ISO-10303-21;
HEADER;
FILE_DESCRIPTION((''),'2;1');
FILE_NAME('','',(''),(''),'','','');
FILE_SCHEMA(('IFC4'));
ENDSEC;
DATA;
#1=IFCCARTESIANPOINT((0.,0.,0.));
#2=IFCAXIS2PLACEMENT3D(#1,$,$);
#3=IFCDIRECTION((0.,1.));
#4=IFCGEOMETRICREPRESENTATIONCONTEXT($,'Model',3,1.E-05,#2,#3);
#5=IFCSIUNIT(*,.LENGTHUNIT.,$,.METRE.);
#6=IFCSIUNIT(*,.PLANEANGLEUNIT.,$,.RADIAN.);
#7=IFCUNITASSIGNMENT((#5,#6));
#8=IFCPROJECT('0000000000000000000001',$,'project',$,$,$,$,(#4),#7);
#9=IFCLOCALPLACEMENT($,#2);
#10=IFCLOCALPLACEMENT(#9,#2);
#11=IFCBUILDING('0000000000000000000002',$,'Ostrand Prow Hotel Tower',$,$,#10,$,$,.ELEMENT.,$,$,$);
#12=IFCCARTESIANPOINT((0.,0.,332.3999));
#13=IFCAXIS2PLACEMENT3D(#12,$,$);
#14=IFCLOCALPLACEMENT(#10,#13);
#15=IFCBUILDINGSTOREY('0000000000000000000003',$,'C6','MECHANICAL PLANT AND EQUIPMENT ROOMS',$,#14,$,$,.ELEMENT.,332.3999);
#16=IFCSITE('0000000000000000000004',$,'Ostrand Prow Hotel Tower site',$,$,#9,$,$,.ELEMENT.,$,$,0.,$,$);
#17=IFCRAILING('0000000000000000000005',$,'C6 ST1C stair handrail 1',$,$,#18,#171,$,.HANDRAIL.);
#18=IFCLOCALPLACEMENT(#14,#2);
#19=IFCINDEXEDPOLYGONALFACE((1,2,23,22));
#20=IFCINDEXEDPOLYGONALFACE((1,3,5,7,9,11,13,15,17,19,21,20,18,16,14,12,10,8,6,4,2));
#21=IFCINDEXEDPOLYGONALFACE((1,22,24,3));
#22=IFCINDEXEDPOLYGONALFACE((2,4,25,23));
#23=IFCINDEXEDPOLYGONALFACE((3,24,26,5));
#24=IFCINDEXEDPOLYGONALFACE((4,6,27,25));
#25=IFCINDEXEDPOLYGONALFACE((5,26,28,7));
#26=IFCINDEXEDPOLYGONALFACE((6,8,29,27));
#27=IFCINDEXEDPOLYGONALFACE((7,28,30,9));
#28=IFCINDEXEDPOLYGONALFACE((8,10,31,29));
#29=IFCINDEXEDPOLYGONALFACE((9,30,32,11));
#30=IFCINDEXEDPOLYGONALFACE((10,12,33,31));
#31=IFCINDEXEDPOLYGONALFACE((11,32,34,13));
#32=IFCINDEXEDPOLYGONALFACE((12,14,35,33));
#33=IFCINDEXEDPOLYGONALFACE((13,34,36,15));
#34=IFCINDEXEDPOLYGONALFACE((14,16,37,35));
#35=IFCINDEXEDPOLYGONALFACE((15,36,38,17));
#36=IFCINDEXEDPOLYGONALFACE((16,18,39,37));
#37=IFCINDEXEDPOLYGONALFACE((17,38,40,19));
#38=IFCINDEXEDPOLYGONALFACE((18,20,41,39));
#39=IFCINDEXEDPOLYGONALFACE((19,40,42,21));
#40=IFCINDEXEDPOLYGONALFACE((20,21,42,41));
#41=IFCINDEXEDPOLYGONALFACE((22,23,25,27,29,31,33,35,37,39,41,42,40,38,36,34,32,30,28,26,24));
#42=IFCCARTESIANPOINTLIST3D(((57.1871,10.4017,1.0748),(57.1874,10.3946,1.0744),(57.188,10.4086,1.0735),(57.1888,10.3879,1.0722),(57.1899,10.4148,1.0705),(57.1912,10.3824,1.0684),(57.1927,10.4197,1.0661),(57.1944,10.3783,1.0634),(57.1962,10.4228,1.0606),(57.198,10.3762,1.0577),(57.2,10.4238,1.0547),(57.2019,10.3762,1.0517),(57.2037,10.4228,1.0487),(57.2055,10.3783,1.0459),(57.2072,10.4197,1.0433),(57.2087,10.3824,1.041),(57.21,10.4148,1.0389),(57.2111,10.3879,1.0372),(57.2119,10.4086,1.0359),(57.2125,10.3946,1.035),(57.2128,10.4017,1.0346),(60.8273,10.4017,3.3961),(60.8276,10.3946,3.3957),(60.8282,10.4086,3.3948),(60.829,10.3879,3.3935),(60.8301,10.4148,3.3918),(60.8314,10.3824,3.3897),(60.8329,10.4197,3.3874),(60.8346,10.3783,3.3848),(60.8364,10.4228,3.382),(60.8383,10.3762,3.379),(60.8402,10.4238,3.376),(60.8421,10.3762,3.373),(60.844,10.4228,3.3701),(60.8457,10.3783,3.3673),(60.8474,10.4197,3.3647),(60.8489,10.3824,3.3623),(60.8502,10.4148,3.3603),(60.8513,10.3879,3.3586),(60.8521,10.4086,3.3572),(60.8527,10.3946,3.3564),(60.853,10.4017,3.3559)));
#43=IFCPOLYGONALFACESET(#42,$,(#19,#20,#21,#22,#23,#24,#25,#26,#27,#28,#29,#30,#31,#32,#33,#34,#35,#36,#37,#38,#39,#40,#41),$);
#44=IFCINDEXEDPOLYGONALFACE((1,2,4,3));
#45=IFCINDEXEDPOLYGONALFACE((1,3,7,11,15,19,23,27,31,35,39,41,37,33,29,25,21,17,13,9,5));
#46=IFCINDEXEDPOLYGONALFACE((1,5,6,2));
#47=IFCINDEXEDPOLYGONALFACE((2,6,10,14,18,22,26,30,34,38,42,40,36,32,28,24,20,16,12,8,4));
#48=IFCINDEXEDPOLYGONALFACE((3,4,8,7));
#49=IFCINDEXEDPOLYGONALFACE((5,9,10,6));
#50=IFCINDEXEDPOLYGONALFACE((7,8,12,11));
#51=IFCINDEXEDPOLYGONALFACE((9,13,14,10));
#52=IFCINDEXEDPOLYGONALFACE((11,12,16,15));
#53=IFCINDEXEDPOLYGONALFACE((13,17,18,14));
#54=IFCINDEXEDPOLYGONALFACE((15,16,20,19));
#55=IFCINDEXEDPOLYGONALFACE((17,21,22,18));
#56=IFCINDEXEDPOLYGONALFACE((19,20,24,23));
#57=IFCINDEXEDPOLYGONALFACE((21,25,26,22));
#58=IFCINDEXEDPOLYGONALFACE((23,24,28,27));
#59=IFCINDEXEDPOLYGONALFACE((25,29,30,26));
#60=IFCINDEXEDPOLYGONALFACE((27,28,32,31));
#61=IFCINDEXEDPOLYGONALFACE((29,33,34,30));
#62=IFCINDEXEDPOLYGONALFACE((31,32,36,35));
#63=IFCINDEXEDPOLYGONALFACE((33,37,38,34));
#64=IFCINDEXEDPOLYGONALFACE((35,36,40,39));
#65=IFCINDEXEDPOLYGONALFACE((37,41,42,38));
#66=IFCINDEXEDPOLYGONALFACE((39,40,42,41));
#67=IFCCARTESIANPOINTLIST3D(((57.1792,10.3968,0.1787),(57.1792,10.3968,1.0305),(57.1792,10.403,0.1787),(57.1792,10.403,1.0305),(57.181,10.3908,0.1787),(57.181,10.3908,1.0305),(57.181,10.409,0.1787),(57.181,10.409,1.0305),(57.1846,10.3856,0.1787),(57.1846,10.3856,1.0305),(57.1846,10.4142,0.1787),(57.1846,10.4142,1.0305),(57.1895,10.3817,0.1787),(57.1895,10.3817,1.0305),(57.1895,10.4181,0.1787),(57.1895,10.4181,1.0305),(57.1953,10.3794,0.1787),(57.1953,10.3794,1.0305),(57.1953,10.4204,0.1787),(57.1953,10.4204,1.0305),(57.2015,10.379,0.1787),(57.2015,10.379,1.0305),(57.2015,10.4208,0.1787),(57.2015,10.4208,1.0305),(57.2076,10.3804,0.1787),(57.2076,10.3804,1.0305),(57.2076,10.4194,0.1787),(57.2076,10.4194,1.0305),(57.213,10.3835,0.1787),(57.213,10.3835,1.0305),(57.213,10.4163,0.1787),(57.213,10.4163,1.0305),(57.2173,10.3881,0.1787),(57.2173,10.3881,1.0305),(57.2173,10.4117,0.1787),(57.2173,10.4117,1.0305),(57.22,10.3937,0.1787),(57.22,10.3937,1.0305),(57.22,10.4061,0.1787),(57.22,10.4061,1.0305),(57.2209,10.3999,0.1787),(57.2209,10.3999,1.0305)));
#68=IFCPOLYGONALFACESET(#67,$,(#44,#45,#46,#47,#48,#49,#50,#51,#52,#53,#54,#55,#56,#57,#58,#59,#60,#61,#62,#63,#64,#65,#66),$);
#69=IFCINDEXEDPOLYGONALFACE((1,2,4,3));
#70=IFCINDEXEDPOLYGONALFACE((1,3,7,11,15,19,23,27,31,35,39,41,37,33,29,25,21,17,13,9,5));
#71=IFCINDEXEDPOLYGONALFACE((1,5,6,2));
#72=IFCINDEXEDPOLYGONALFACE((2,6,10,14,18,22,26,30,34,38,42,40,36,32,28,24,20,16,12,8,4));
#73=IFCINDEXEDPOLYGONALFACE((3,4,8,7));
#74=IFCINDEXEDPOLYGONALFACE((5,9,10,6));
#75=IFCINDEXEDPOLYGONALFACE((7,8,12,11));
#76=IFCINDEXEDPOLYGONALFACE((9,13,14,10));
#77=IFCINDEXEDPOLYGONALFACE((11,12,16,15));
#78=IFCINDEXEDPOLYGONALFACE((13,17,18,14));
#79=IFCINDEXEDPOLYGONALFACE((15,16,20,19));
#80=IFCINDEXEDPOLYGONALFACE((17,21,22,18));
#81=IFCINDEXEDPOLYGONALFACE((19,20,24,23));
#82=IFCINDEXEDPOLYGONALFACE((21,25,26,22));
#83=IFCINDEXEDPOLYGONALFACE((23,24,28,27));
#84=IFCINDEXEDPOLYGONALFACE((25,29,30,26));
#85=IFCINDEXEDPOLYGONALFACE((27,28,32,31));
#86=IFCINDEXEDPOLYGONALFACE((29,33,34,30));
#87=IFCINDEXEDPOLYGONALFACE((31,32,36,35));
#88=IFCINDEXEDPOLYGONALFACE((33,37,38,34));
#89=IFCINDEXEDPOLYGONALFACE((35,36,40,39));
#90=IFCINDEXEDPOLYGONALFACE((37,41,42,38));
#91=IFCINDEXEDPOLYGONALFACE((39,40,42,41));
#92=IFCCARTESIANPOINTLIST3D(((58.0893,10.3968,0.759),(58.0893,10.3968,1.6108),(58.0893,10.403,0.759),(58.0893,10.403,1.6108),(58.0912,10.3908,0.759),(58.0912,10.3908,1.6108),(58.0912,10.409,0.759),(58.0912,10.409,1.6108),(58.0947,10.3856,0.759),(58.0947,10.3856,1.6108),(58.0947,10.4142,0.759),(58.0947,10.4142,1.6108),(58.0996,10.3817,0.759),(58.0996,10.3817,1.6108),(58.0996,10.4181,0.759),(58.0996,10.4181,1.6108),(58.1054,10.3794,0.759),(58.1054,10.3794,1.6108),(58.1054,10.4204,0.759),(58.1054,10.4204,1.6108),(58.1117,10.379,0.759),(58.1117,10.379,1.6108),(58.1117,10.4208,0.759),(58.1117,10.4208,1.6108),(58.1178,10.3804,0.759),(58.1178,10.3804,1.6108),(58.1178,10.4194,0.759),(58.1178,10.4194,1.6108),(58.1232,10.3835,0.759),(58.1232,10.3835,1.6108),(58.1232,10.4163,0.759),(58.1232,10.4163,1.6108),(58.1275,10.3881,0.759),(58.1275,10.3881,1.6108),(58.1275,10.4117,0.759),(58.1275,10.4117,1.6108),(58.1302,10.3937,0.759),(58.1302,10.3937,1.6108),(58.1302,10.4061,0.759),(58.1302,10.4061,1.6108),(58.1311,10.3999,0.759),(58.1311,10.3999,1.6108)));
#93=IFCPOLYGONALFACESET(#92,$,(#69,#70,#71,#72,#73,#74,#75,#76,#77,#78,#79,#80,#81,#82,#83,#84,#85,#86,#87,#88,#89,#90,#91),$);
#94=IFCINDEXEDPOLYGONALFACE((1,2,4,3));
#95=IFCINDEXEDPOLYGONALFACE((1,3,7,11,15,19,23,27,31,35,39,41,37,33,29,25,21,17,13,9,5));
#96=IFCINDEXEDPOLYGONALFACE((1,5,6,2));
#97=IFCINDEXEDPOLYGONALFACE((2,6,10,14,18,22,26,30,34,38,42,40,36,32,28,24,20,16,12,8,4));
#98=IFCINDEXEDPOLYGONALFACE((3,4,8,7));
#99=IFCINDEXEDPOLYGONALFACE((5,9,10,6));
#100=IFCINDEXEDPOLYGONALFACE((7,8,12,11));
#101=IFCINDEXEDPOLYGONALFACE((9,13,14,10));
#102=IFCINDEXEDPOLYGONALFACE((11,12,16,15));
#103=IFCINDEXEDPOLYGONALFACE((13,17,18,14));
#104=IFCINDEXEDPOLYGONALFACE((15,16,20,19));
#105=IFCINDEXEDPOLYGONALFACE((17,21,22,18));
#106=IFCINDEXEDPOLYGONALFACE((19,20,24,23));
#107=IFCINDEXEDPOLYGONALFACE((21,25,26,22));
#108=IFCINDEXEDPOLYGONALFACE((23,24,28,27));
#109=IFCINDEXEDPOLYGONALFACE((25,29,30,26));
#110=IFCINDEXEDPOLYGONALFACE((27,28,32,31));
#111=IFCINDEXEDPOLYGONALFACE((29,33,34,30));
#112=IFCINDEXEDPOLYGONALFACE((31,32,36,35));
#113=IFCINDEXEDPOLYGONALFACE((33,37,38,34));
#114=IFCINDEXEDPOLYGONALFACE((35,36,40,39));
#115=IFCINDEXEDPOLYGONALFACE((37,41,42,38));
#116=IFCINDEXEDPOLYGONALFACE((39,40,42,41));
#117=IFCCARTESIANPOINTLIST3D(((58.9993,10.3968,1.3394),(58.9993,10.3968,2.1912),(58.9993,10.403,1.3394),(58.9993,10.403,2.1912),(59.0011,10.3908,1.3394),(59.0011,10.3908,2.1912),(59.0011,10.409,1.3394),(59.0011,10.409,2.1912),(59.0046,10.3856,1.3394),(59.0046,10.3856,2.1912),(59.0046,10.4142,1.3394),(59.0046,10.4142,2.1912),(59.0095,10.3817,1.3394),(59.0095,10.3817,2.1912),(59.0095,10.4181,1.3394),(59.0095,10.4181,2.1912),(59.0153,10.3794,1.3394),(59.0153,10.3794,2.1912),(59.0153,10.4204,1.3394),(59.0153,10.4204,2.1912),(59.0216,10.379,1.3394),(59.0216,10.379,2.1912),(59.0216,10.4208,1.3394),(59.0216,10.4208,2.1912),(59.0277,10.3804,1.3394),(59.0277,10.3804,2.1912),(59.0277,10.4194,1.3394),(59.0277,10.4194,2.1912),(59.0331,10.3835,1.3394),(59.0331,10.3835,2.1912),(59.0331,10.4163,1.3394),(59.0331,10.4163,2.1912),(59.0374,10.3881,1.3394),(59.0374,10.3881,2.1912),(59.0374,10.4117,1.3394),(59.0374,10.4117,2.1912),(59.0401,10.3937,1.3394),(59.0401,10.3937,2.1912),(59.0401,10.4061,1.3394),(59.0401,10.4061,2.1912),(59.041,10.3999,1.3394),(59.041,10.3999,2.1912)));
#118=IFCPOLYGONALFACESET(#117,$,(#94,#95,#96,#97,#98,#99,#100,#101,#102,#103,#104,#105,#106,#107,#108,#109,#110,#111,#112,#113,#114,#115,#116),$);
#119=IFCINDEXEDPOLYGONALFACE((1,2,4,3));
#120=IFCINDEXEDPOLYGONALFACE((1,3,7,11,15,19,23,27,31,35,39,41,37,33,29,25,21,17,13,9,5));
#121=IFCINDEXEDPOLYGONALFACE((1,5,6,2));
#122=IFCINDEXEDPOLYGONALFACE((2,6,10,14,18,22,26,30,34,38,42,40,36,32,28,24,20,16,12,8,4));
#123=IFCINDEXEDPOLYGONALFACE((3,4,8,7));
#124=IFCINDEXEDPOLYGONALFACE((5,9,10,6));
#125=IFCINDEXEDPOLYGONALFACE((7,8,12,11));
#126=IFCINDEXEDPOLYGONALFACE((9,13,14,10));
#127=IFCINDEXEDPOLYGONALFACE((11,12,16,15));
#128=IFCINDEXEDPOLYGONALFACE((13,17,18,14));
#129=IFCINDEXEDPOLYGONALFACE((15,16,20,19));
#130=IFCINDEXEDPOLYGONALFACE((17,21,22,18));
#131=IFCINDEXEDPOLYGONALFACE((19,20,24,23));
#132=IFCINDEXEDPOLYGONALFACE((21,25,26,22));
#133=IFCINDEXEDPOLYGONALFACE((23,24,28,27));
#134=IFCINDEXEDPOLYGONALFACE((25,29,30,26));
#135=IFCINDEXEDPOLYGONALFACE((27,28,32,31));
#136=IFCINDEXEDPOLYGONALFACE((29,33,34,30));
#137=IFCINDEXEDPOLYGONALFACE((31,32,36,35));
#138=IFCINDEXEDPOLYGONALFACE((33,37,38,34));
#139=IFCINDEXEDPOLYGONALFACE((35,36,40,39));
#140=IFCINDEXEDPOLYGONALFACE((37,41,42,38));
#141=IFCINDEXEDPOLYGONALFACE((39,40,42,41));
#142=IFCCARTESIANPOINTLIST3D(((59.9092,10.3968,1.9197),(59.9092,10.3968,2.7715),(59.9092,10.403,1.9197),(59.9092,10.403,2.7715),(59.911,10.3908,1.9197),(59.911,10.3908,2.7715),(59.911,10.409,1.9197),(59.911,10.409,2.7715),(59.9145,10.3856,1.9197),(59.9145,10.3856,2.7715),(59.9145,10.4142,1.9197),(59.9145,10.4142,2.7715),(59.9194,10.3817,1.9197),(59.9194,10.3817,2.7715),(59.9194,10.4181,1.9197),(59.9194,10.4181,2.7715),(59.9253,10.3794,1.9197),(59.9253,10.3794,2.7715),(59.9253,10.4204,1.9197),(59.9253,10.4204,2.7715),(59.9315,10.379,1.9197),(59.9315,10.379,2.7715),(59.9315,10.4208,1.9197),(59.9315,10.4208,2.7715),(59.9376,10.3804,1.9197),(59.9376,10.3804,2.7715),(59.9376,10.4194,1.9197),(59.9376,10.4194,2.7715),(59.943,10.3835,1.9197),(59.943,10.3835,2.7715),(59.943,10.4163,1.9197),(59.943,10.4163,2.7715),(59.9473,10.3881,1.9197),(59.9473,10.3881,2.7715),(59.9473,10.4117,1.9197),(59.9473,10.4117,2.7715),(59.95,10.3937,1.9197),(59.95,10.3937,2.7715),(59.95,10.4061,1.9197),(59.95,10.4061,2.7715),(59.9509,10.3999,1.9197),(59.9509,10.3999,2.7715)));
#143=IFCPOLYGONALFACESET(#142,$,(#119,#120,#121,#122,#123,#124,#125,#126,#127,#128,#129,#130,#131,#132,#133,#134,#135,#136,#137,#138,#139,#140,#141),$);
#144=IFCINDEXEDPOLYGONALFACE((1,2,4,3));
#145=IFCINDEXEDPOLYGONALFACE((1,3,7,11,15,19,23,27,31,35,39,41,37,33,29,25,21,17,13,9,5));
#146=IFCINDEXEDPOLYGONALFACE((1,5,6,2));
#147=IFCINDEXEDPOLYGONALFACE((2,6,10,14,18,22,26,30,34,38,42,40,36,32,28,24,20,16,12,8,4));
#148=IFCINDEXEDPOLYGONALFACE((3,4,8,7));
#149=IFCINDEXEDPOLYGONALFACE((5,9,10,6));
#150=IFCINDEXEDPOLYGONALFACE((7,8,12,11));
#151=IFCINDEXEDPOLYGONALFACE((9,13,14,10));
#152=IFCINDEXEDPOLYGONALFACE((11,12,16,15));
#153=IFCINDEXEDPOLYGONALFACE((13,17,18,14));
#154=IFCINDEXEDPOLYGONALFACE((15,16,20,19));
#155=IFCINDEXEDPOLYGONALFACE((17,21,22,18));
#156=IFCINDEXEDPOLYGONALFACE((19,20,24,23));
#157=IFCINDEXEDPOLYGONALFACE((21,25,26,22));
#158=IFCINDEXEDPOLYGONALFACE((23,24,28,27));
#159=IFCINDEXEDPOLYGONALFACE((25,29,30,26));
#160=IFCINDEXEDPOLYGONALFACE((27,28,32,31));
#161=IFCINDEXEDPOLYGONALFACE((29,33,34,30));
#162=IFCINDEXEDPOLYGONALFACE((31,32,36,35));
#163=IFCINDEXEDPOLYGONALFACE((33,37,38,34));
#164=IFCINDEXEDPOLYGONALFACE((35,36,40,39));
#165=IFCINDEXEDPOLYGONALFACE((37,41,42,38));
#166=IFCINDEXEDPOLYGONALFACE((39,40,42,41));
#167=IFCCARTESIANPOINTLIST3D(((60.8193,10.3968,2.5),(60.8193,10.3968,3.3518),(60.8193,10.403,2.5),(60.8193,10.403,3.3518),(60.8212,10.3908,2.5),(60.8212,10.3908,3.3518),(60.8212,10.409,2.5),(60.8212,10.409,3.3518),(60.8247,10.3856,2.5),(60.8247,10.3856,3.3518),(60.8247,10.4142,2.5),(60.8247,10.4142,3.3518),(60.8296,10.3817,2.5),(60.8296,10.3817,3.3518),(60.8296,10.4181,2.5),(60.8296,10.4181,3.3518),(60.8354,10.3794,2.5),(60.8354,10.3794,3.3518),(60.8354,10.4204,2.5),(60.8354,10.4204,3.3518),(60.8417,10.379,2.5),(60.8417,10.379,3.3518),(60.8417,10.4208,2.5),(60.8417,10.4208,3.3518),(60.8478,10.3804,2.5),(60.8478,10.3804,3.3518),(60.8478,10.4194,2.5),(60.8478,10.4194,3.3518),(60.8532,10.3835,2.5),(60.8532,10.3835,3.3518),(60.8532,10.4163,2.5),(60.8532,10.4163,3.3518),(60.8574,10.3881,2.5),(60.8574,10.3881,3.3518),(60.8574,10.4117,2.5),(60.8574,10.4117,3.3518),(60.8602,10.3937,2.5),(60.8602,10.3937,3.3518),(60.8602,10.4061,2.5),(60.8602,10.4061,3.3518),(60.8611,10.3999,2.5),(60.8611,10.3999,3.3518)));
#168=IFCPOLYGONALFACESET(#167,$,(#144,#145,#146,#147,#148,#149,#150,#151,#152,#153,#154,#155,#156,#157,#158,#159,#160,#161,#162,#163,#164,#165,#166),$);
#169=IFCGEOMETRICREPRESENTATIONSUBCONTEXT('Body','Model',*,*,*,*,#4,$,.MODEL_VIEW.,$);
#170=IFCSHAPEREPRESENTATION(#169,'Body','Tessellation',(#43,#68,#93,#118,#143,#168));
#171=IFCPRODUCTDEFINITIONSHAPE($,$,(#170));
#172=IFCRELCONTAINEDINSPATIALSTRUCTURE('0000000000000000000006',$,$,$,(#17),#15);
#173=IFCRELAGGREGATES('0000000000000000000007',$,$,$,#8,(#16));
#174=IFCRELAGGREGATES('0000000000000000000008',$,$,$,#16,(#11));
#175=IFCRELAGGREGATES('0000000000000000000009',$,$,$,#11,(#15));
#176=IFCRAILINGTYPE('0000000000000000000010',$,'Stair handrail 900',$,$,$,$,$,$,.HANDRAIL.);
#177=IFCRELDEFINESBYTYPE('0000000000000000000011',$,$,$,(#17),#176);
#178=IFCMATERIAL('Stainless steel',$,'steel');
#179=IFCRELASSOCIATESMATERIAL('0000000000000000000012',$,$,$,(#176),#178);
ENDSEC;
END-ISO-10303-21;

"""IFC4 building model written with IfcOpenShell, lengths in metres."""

from ifc_helpers import new_model, si_unit, direction, frame, origin, origin_2d, place, context, subcontext, project, spatial, circle, extrude, material, type_object, element, save


model = new_model("IFC4")

# Units and contexts
model_context = context("Model", 3, precision=1e-05, world=origin(), true_north=direction((0.0, 1.0)))
body_context = subcontext(model_context, "Body", "Model", "MODEL_VIEW")
ifc_project = project(units=[si_unit("LENGTHUNIT", "METRE"), si_unit("PLANEANGLEUNIT", "RADIAN")], contexts=[model_context])

# Site, building, storey
site_placement = place(None, origin())
site = spatial("IfcSite", under=ifc_project, at=site_placement, Name="Ostrand Prow Hotel Tower site", CompositionType="ELEMENT", RefElevation=0.0)
building_placement = place(site_placement, origin())
building = spatial("IfcBuilding", under=site, at=building_placement, Name="Ostrand Prow Hotel Tower", CompositionType="ELEMENT")
storey_placement = place(building_placement, frame((0.0, 0.0, 332.3999)))
storey = spatial("IfcBuildingStorey", under=building, at=storey_placement, Name="C6", Description="MECHANICAL PLANT AND EQUIPMENT ROOMS", CompositionType="ELEMENT", Elevation=332.3999)

# Railing
ifc_material_1 = material(Name="Stainless steel", Category="steel")
railing_type_1 = type_object("IfcRailingType", Name="Stair handrail 900", PredefinedType="HANDRAIL", material=ifc_material_1)
railing_1_placement = place(storey_placement, frame((57.2, 10.3999, 0.1787)))
element("IfcRailing", 1, at=railing_1_placement, inside=storey, type_object=railing_type_1, Name="C6 ST1C stair handrail 1", PredefinedType="HANDRAIL", context=body_context, shape_type="SweptSolid", body=[
    extrude(circle(Radius=0.0239, at=origin_2d()), frame((0.0, 0.0, 0.876), z_axis=(0.843153, 0.0, 0.537673), x_axis=(0.0, 1.0, 0.0)), (0.0, 0.0, 1.0), 4.3174),
    extrude(circle(Radius=0.021, at=origin_2d()), origin(), (0.0, 0.0, 1.0), 0.8518),
    extrude(circle(Radius=0.021, at=origin_2d()), frame((0.9102, 0.0, 0.5803)), (0.0, 0.0, 1.0), 0.8518),
    extrude(circle(Radius=0.021, at=origin_2d()), frame((1.8201, 0.0, 1.1606)), (0.0, 0.0, 1.0), 0.8518),
    extrude(circle(Radius=0.021, at=origin_2d()), frame((2.73, 0.0, 1.741)), (0.0, 0.0, 1.0), 0.8518),
    extrude(circle(Radius=0.021, at=origin_2d()), frame((3.6401, 0.0, 2.3213)), (0.0, 0.0, 1.0), 0.8518),
])

save(model, "model.ifc")
